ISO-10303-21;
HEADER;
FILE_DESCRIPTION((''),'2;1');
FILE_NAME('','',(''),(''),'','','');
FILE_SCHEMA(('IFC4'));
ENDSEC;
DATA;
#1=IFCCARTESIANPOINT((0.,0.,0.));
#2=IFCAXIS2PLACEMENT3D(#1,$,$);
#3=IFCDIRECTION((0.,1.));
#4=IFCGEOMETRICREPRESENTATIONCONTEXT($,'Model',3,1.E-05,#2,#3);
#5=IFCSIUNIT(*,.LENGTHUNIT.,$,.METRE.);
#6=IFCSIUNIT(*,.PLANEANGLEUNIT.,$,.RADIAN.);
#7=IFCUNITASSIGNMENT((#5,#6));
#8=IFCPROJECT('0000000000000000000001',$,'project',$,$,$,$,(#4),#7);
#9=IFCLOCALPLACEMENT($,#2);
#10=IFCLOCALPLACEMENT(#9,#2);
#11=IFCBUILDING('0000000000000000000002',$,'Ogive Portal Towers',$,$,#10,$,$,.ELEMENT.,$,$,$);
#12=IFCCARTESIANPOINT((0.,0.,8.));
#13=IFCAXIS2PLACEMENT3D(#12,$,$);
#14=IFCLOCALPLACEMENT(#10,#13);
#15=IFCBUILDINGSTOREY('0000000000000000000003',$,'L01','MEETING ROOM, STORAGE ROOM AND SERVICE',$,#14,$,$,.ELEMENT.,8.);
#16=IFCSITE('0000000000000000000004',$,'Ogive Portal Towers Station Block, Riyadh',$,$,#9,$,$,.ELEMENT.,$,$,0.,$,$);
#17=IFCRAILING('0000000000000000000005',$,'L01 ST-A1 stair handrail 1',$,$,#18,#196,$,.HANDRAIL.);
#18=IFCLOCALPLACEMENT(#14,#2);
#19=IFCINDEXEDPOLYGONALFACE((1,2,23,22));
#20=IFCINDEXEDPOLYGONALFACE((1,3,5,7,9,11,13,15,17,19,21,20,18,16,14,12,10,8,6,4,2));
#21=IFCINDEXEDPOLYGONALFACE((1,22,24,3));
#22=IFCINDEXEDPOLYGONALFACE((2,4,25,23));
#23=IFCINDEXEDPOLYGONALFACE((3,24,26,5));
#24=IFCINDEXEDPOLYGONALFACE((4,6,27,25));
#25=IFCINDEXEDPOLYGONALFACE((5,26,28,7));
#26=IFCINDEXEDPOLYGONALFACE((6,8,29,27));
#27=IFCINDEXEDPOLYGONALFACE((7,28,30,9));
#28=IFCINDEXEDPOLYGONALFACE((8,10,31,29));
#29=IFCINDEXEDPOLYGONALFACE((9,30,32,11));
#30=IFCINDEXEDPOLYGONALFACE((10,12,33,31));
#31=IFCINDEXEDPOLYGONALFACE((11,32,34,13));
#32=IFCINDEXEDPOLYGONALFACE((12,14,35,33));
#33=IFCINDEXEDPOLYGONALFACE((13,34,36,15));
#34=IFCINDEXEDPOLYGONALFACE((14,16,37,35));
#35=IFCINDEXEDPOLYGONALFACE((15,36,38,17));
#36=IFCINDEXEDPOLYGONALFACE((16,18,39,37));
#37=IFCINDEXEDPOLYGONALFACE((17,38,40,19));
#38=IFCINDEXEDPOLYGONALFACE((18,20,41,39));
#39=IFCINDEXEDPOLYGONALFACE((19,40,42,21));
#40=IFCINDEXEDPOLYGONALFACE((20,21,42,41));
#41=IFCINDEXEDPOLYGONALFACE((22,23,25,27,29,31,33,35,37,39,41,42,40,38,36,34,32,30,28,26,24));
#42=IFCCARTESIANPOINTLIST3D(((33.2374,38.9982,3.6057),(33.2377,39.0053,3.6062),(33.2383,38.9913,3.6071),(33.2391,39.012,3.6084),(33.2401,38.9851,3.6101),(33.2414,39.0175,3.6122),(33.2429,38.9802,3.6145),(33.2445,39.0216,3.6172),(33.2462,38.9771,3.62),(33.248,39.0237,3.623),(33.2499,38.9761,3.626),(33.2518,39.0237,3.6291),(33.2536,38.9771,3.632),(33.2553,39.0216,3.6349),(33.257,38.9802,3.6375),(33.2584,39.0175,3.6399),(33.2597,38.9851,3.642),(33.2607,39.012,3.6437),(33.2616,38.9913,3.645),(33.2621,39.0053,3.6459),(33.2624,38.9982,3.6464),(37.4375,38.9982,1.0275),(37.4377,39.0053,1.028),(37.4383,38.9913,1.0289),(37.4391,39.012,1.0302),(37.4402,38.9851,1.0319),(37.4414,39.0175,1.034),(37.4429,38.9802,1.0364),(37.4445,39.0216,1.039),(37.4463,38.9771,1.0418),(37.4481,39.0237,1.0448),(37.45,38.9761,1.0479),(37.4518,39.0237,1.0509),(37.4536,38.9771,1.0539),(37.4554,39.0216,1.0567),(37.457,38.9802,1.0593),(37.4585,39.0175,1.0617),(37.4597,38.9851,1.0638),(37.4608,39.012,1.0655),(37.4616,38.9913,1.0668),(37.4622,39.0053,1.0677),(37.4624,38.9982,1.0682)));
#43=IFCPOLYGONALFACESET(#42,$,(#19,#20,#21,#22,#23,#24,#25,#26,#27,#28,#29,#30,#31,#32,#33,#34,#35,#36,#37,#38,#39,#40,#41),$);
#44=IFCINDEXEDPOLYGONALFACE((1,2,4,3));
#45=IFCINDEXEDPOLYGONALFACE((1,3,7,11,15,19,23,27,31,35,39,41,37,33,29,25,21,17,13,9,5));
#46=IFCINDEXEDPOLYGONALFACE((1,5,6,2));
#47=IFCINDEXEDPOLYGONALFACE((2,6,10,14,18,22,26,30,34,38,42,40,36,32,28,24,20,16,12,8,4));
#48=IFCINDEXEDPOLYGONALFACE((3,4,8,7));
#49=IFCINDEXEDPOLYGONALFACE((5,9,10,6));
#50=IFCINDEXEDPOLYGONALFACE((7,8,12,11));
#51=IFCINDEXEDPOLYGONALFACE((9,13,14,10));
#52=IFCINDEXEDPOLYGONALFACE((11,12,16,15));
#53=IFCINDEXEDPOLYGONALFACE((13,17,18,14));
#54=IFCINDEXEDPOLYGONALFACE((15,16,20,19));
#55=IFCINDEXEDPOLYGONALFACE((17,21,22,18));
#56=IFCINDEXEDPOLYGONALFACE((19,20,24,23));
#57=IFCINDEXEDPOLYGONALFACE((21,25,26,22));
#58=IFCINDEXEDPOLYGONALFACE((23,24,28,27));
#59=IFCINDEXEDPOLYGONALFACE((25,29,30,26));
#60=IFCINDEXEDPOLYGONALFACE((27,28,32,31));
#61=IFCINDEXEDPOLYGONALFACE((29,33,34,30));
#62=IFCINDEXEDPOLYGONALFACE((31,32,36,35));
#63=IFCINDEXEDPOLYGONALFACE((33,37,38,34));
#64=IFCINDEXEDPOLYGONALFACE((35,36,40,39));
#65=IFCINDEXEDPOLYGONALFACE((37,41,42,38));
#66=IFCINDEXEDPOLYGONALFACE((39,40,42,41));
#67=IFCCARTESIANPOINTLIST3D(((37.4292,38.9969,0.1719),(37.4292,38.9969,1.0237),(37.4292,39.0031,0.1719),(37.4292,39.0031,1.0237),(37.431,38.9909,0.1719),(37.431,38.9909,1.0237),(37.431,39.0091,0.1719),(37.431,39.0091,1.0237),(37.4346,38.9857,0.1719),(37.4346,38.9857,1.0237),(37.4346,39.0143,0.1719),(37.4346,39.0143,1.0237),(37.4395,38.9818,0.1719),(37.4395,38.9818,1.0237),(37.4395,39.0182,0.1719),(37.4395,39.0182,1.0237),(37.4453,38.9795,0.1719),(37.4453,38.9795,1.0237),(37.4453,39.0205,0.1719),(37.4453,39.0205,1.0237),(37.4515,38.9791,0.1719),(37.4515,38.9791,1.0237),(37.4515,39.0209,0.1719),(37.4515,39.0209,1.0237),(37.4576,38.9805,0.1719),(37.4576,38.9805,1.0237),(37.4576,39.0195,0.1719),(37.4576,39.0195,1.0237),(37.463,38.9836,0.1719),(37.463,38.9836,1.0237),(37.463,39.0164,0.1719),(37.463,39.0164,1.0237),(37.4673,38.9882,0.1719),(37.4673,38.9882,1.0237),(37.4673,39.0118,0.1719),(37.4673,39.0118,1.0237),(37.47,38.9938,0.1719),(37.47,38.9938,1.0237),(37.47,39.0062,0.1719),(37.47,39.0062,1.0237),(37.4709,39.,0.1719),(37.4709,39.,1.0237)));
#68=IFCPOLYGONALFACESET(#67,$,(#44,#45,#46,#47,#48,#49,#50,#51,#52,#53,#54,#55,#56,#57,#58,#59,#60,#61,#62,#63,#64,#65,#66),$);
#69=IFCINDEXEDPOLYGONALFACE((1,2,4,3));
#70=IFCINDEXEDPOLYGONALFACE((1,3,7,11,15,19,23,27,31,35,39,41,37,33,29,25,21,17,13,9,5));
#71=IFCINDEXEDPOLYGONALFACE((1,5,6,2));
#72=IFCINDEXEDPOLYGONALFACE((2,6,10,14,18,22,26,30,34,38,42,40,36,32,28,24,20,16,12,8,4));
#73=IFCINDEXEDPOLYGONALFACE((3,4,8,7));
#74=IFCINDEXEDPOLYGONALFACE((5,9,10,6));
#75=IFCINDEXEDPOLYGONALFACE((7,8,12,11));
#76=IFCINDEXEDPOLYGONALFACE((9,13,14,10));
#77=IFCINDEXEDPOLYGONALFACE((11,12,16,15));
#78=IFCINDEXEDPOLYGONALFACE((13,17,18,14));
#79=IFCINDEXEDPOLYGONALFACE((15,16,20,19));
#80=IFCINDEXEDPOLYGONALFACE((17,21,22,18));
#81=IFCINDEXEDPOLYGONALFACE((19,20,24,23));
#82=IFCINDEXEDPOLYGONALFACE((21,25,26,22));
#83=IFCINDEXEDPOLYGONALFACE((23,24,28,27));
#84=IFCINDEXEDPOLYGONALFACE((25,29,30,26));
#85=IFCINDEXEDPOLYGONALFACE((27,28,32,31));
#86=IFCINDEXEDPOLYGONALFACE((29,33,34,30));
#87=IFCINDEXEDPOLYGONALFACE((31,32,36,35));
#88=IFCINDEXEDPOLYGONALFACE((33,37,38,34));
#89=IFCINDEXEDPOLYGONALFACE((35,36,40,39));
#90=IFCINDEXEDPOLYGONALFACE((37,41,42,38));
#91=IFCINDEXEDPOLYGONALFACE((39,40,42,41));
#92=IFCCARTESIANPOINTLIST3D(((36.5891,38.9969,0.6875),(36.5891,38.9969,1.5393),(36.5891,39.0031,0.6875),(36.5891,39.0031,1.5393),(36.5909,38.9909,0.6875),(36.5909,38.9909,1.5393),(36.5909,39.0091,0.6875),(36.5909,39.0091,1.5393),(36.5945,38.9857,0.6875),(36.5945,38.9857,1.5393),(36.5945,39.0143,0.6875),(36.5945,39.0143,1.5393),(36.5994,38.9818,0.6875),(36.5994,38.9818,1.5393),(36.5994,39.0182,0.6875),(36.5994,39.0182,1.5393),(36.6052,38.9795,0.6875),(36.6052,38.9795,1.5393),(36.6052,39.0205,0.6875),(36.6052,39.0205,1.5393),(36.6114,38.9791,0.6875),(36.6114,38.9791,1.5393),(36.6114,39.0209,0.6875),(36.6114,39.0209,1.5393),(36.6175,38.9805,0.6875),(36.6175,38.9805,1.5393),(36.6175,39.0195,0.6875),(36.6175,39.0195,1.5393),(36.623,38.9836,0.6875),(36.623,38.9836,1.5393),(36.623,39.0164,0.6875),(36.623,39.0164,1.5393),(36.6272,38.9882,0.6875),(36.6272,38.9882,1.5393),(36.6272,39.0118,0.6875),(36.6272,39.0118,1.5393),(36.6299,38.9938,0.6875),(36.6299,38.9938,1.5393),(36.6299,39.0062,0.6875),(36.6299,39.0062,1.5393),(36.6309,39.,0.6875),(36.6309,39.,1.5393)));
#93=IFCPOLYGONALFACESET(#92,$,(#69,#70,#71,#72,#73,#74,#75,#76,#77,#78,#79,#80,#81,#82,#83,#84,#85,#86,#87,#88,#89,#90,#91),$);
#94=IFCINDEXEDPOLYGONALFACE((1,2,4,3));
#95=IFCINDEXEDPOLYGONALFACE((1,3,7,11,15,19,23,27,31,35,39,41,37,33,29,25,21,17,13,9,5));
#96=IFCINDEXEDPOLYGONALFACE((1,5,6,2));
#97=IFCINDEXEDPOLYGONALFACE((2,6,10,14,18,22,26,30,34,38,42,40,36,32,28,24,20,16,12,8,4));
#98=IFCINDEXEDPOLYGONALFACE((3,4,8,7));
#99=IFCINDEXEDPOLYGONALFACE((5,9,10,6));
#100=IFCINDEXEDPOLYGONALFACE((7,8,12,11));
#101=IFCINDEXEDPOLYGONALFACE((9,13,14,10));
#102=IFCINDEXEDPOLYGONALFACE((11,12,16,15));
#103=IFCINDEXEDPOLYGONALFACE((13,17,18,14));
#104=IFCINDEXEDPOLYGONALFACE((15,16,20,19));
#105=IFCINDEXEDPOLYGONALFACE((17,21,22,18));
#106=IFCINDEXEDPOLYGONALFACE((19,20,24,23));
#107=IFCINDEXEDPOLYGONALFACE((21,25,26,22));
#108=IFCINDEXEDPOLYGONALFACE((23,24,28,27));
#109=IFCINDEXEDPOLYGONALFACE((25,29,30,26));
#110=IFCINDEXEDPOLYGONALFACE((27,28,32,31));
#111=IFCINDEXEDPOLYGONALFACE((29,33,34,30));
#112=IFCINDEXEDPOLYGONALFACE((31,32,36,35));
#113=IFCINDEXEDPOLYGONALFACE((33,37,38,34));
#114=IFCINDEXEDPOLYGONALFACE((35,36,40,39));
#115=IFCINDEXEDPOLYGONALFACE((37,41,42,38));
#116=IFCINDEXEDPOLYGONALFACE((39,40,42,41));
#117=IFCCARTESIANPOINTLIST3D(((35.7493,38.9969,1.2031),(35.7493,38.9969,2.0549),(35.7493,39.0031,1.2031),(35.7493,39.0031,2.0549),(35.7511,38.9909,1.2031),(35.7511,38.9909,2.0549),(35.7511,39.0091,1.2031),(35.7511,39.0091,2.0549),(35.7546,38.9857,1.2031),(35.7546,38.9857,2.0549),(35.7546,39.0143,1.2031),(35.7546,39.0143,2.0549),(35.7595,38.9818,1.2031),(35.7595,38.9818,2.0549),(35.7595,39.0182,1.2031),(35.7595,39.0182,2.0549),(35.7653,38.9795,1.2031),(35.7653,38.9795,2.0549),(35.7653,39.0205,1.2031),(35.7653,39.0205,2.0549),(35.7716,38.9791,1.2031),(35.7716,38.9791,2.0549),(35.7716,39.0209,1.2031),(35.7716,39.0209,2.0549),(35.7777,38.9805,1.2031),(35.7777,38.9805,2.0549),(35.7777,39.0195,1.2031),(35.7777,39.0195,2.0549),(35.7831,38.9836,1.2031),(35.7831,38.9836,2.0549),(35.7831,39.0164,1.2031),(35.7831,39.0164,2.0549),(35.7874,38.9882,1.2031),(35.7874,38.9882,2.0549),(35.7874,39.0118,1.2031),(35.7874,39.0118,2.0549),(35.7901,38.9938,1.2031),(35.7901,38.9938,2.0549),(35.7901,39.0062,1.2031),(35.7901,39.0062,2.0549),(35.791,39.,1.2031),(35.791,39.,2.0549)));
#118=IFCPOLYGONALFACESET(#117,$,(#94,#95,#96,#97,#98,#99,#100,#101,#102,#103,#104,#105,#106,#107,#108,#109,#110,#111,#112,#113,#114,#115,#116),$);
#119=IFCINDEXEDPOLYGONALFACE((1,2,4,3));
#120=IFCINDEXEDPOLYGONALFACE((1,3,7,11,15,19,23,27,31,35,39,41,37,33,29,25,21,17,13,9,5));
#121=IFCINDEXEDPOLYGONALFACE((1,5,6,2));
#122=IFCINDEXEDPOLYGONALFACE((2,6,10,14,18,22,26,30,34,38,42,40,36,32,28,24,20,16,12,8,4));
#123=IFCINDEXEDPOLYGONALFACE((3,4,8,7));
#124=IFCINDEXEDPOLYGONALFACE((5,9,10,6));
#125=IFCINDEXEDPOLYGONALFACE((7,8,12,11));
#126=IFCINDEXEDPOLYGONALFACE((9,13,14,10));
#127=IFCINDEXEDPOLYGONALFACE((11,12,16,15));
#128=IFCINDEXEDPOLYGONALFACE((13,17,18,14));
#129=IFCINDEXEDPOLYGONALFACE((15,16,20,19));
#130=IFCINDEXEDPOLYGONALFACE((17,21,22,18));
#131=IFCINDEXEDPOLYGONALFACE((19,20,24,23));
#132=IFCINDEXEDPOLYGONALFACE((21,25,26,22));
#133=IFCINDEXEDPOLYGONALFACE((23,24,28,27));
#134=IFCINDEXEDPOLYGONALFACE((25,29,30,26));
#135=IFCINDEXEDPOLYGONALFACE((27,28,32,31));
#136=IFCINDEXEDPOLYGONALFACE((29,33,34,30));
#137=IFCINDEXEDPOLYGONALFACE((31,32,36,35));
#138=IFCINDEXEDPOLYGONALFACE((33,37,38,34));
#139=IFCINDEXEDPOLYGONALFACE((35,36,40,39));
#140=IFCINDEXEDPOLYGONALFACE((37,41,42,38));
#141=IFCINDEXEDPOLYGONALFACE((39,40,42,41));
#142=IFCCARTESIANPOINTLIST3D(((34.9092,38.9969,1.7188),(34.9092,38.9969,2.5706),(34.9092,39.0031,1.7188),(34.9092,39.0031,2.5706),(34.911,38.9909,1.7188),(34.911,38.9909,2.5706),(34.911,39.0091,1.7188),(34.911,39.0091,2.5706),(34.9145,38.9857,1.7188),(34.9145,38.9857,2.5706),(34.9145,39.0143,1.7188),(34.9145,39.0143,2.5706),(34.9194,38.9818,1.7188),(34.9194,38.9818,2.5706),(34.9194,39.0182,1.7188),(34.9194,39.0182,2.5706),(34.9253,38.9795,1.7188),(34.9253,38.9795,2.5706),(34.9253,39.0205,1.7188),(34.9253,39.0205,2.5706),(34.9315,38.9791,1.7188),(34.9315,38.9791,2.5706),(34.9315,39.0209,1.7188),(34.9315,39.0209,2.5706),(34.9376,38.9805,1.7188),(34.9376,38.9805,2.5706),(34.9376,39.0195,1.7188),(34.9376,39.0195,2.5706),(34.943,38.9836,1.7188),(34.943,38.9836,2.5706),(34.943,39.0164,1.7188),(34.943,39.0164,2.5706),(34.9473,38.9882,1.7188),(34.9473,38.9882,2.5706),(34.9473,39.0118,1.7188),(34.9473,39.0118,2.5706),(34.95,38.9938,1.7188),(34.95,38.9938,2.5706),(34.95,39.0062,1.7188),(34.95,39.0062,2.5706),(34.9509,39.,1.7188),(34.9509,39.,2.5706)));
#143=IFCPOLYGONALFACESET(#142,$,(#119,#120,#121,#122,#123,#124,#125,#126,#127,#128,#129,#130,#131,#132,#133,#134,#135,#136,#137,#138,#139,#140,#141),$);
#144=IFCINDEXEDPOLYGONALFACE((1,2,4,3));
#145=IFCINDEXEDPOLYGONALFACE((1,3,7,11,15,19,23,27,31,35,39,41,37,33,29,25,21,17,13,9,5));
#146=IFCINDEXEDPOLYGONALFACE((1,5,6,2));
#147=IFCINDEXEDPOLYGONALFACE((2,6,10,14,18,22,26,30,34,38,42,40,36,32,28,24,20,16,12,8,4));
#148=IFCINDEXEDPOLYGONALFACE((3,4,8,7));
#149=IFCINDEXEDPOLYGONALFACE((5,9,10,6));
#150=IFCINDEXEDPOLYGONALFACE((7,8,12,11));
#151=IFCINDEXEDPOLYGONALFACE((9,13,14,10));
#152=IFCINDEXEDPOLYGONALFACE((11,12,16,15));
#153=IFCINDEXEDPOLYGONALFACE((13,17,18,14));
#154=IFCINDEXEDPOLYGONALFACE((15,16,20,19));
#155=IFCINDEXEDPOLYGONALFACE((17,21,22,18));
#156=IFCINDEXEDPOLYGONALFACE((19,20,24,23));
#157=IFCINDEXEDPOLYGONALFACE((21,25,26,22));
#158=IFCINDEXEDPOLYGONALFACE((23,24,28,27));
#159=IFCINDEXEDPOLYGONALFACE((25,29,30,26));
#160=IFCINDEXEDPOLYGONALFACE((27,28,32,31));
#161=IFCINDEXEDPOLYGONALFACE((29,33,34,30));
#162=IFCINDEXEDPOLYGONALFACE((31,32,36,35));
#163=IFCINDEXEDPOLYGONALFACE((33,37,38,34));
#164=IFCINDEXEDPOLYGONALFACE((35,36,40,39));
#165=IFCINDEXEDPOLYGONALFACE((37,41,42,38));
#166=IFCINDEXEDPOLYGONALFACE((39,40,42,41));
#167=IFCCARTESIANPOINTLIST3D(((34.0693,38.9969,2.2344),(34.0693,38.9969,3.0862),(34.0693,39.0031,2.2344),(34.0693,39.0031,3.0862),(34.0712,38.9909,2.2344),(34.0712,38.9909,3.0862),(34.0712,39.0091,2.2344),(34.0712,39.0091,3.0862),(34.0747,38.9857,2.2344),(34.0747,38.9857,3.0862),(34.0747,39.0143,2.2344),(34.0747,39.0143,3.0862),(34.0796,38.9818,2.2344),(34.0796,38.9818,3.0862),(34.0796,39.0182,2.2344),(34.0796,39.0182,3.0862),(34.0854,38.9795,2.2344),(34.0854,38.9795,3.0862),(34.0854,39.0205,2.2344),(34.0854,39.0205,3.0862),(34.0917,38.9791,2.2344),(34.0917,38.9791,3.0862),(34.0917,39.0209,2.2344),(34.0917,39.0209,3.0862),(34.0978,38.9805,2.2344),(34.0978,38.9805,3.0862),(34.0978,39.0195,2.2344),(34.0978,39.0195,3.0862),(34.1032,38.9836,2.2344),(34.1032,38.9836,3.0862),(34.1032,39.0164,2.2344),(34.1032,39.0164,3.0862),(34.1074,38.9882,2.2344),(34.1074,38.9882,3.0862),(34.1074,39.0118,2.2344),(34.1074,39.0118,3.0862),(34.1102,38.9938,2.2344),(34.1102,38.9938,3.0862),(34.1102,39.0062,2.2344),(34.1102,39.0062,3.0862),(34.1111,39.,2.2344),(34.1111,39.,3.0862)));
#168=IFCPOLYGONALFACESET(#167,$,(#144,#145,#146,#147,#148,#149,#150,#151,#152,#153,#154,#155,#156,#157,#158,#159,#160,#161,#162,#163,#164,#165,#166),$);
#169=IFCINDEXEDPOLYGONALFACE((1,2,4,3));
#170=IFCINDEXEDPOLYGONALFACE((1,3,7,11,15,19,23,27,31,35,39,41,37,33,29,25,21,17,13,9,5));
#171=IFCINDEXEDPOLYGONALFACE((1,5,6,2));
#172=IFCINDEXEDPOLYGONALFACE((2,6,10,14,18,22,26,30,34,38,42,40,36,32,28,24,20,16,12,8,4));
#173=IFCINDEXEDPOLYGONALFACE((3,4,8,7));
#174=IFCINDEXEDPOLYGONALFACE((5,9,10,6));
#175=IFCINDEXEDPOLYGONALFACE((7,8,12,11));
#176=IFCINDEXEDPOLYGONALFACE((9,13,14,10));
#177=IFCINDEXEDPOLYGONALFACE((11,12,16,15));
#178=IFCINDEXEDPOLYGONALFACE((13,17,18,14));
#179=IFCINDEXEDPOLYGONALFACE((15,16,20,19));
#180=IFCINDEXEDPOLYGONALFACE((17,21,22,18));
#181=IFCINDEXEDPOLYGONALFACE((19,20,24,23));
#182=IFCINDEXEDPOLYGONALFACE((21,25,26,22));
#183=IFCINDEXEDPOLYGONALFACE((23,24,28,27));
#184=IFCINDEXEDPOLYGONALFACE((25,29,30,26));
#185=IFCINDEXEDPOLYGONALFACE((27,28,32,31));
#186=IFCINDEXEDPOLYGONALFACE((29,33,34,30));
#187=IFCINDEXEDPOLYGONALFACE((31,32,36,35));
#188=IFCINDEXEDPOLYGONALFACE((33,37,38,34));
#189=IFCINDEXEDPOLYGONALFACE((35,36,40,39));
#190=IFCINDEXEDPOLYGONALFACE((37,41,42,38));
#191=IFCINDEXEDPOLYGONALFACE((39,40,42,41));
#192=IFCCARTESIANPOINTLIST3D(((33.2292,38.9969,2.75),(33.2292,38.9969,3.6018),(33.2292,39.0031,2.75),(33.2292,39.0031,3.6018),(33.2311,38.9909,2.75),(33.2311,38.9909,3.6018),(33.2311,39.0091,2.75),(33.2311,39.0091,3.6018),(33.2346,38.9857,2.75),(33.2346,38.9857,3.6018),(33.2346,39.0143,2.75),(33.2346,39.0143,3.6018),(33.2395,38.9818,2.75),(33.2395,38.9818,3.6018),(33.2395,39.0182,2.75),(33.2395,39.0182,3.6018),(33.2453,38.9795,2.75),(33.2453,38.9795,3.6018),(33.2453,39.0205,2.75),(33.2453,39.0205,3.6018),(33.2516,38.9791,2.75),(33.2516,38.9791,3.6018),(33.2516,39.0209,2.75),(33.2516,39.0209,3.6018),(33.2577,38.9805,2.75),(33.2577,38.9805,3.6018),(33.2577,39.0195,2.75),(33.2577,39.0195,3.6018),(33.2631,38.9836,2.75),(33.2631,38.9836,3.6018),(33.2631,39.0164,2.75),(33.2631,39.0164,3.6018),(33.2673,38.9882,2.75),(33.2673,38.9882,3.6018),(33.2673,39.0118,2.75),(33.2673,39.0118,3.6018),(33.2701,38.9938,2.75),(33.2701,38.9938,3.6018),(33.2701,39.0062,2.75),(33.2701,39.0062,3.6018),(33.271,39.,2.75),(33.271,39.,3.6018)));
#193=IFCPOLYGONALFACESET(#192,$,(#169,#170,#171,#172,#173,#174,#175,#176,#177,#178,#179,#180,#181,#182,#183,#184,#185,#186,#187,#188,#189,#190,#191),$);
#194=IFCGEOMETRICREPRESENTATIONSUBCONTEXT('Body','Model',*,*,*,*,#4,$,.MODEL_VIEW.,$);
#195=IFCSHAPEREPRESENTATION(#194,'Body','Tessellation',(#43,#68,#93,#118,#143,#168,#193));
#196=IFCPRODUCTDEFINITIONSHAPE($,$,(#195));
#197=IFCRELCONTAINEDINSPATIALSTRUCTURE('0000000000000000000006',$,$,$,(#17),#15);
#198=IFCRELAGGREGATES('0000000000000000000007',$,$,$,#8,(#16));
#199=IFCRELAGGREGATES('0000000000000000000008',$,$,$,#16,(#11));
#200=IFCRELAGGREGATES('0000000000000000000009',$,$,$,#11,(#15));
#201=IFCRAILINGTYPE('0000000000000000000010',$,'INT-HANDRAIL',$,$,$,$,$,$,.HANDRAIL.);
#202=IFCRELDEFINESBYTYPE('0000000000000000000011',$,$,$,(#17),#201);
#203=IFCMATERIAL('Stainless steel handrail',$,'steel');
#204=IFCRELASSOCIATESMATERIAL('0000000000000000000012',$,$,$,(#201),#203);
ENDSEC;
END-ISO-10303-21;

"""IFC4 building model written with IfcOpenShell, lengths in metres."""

from ifc_helpers import new_model, si_unit, direction, frame, origin, origin_2d, place, context, subcontext, project, spatial, circle, extrude, material, type_object, element, save


model = new_model("IFC4")

# Units and contexts
model_context = context("Model", 3, precision=1e-05, world=origin(), true_north=direction((0.0, 1.0)))
body_context = subcontext(model_context, "Body", "Model", "MODEL_VIEW")
ifc_project = project(units=[si_unit("LENGTHUNIT", "METRE"), si_unit("PLANEANGLEUNIT", "RADIAN")], contexts=[model_context])

# Site, building, storey
site_placement = place(None, origin())
site = spatial("IfcSite", under=ifc_project, at=site_placement, Name="Ogive Portal Towers Station Block, Riyadh", CompositionType="ELEMENT", RefElevation=0.0)
building_placement = place(site_placement, origin())
building = spatial("IfcBuilding", under=site, at=building_placement, Name="Ogive Portal Towers", CompositionType="ELEMENT")
storey_placement = place(building_placement, frame((0.0, 0.0, 8.0)))
storey = spatial("IfcBuildingStorey", under=building, at=storey_placement, Name="L01", Description="MEETING ROOM, STORAGE ROOM AND SERVICE", CompositionType="ELEMENT", Elevation=8.0)

# Railing
ifc_material_1 = material(Name="Stainless steel handrail", Category="steel")
railing_type_1 = type_object("IfcRailingType", Name="INT-HANDRAIL", PredefinedType="HANDRAIL", material=ifc_material_1)
railing_1_placement = place(storey_placement, frame((37.45, 39.0, 0.1719)))
element("IfcRailing", 1, at=railing_1_placement, inside=storey, type_object=railing_type_1, Name="L01 ST-A1 stair handrail 1", PredefinedType="HANDRAIL", context=body_context, shape_type="SweptSolid", body=[
    extrude(circle(Radius=0.0239, at=origin_2d()), frame((0.0, 0.0, 0.876), z_axis=(-0.852243, 0.0, 0.523146), x_axis=(0.0, -1.0, 0.0)), (0.0, 0.0, 1.0), 4.9282),
    extrude(circle(Radius=0.021, at=origin_2d()), origin(), (0.0, 0.0, 1.0), 0.8518),
    extrude(circle(Radius=0.021, at=origin_2d()), frame((-0.8401, 0.0, 0.5156)), (0.0, 0.0, 1.0), 0.8518),
    extrude(circle(Radius=0.021, at=origin_2d()), frame((-1.6799, 0.0, 1.0312)), (0.0, 0.0, 1.0), 0.8518),
    extrude(circle(Radius=0.021, at=origin_2d()), frame((-2.52, 0.0, 1.5469)), (0.0, 0.0, 1.0), 0.8518),
    extrude(circle(Radius=0.021, at=origin_2d()), frame((-3.3599, 0.0, 2.0625)), (0.0, 0.0, 1.0), 0.8518),
    extrude(circle(Radius=0.021, at=origin_2d()), frame((-4.2, 0.0, 2.5781)), (0.0, 0.0, 1.0), 0.8518),
])

save(model, "model.ifc")
